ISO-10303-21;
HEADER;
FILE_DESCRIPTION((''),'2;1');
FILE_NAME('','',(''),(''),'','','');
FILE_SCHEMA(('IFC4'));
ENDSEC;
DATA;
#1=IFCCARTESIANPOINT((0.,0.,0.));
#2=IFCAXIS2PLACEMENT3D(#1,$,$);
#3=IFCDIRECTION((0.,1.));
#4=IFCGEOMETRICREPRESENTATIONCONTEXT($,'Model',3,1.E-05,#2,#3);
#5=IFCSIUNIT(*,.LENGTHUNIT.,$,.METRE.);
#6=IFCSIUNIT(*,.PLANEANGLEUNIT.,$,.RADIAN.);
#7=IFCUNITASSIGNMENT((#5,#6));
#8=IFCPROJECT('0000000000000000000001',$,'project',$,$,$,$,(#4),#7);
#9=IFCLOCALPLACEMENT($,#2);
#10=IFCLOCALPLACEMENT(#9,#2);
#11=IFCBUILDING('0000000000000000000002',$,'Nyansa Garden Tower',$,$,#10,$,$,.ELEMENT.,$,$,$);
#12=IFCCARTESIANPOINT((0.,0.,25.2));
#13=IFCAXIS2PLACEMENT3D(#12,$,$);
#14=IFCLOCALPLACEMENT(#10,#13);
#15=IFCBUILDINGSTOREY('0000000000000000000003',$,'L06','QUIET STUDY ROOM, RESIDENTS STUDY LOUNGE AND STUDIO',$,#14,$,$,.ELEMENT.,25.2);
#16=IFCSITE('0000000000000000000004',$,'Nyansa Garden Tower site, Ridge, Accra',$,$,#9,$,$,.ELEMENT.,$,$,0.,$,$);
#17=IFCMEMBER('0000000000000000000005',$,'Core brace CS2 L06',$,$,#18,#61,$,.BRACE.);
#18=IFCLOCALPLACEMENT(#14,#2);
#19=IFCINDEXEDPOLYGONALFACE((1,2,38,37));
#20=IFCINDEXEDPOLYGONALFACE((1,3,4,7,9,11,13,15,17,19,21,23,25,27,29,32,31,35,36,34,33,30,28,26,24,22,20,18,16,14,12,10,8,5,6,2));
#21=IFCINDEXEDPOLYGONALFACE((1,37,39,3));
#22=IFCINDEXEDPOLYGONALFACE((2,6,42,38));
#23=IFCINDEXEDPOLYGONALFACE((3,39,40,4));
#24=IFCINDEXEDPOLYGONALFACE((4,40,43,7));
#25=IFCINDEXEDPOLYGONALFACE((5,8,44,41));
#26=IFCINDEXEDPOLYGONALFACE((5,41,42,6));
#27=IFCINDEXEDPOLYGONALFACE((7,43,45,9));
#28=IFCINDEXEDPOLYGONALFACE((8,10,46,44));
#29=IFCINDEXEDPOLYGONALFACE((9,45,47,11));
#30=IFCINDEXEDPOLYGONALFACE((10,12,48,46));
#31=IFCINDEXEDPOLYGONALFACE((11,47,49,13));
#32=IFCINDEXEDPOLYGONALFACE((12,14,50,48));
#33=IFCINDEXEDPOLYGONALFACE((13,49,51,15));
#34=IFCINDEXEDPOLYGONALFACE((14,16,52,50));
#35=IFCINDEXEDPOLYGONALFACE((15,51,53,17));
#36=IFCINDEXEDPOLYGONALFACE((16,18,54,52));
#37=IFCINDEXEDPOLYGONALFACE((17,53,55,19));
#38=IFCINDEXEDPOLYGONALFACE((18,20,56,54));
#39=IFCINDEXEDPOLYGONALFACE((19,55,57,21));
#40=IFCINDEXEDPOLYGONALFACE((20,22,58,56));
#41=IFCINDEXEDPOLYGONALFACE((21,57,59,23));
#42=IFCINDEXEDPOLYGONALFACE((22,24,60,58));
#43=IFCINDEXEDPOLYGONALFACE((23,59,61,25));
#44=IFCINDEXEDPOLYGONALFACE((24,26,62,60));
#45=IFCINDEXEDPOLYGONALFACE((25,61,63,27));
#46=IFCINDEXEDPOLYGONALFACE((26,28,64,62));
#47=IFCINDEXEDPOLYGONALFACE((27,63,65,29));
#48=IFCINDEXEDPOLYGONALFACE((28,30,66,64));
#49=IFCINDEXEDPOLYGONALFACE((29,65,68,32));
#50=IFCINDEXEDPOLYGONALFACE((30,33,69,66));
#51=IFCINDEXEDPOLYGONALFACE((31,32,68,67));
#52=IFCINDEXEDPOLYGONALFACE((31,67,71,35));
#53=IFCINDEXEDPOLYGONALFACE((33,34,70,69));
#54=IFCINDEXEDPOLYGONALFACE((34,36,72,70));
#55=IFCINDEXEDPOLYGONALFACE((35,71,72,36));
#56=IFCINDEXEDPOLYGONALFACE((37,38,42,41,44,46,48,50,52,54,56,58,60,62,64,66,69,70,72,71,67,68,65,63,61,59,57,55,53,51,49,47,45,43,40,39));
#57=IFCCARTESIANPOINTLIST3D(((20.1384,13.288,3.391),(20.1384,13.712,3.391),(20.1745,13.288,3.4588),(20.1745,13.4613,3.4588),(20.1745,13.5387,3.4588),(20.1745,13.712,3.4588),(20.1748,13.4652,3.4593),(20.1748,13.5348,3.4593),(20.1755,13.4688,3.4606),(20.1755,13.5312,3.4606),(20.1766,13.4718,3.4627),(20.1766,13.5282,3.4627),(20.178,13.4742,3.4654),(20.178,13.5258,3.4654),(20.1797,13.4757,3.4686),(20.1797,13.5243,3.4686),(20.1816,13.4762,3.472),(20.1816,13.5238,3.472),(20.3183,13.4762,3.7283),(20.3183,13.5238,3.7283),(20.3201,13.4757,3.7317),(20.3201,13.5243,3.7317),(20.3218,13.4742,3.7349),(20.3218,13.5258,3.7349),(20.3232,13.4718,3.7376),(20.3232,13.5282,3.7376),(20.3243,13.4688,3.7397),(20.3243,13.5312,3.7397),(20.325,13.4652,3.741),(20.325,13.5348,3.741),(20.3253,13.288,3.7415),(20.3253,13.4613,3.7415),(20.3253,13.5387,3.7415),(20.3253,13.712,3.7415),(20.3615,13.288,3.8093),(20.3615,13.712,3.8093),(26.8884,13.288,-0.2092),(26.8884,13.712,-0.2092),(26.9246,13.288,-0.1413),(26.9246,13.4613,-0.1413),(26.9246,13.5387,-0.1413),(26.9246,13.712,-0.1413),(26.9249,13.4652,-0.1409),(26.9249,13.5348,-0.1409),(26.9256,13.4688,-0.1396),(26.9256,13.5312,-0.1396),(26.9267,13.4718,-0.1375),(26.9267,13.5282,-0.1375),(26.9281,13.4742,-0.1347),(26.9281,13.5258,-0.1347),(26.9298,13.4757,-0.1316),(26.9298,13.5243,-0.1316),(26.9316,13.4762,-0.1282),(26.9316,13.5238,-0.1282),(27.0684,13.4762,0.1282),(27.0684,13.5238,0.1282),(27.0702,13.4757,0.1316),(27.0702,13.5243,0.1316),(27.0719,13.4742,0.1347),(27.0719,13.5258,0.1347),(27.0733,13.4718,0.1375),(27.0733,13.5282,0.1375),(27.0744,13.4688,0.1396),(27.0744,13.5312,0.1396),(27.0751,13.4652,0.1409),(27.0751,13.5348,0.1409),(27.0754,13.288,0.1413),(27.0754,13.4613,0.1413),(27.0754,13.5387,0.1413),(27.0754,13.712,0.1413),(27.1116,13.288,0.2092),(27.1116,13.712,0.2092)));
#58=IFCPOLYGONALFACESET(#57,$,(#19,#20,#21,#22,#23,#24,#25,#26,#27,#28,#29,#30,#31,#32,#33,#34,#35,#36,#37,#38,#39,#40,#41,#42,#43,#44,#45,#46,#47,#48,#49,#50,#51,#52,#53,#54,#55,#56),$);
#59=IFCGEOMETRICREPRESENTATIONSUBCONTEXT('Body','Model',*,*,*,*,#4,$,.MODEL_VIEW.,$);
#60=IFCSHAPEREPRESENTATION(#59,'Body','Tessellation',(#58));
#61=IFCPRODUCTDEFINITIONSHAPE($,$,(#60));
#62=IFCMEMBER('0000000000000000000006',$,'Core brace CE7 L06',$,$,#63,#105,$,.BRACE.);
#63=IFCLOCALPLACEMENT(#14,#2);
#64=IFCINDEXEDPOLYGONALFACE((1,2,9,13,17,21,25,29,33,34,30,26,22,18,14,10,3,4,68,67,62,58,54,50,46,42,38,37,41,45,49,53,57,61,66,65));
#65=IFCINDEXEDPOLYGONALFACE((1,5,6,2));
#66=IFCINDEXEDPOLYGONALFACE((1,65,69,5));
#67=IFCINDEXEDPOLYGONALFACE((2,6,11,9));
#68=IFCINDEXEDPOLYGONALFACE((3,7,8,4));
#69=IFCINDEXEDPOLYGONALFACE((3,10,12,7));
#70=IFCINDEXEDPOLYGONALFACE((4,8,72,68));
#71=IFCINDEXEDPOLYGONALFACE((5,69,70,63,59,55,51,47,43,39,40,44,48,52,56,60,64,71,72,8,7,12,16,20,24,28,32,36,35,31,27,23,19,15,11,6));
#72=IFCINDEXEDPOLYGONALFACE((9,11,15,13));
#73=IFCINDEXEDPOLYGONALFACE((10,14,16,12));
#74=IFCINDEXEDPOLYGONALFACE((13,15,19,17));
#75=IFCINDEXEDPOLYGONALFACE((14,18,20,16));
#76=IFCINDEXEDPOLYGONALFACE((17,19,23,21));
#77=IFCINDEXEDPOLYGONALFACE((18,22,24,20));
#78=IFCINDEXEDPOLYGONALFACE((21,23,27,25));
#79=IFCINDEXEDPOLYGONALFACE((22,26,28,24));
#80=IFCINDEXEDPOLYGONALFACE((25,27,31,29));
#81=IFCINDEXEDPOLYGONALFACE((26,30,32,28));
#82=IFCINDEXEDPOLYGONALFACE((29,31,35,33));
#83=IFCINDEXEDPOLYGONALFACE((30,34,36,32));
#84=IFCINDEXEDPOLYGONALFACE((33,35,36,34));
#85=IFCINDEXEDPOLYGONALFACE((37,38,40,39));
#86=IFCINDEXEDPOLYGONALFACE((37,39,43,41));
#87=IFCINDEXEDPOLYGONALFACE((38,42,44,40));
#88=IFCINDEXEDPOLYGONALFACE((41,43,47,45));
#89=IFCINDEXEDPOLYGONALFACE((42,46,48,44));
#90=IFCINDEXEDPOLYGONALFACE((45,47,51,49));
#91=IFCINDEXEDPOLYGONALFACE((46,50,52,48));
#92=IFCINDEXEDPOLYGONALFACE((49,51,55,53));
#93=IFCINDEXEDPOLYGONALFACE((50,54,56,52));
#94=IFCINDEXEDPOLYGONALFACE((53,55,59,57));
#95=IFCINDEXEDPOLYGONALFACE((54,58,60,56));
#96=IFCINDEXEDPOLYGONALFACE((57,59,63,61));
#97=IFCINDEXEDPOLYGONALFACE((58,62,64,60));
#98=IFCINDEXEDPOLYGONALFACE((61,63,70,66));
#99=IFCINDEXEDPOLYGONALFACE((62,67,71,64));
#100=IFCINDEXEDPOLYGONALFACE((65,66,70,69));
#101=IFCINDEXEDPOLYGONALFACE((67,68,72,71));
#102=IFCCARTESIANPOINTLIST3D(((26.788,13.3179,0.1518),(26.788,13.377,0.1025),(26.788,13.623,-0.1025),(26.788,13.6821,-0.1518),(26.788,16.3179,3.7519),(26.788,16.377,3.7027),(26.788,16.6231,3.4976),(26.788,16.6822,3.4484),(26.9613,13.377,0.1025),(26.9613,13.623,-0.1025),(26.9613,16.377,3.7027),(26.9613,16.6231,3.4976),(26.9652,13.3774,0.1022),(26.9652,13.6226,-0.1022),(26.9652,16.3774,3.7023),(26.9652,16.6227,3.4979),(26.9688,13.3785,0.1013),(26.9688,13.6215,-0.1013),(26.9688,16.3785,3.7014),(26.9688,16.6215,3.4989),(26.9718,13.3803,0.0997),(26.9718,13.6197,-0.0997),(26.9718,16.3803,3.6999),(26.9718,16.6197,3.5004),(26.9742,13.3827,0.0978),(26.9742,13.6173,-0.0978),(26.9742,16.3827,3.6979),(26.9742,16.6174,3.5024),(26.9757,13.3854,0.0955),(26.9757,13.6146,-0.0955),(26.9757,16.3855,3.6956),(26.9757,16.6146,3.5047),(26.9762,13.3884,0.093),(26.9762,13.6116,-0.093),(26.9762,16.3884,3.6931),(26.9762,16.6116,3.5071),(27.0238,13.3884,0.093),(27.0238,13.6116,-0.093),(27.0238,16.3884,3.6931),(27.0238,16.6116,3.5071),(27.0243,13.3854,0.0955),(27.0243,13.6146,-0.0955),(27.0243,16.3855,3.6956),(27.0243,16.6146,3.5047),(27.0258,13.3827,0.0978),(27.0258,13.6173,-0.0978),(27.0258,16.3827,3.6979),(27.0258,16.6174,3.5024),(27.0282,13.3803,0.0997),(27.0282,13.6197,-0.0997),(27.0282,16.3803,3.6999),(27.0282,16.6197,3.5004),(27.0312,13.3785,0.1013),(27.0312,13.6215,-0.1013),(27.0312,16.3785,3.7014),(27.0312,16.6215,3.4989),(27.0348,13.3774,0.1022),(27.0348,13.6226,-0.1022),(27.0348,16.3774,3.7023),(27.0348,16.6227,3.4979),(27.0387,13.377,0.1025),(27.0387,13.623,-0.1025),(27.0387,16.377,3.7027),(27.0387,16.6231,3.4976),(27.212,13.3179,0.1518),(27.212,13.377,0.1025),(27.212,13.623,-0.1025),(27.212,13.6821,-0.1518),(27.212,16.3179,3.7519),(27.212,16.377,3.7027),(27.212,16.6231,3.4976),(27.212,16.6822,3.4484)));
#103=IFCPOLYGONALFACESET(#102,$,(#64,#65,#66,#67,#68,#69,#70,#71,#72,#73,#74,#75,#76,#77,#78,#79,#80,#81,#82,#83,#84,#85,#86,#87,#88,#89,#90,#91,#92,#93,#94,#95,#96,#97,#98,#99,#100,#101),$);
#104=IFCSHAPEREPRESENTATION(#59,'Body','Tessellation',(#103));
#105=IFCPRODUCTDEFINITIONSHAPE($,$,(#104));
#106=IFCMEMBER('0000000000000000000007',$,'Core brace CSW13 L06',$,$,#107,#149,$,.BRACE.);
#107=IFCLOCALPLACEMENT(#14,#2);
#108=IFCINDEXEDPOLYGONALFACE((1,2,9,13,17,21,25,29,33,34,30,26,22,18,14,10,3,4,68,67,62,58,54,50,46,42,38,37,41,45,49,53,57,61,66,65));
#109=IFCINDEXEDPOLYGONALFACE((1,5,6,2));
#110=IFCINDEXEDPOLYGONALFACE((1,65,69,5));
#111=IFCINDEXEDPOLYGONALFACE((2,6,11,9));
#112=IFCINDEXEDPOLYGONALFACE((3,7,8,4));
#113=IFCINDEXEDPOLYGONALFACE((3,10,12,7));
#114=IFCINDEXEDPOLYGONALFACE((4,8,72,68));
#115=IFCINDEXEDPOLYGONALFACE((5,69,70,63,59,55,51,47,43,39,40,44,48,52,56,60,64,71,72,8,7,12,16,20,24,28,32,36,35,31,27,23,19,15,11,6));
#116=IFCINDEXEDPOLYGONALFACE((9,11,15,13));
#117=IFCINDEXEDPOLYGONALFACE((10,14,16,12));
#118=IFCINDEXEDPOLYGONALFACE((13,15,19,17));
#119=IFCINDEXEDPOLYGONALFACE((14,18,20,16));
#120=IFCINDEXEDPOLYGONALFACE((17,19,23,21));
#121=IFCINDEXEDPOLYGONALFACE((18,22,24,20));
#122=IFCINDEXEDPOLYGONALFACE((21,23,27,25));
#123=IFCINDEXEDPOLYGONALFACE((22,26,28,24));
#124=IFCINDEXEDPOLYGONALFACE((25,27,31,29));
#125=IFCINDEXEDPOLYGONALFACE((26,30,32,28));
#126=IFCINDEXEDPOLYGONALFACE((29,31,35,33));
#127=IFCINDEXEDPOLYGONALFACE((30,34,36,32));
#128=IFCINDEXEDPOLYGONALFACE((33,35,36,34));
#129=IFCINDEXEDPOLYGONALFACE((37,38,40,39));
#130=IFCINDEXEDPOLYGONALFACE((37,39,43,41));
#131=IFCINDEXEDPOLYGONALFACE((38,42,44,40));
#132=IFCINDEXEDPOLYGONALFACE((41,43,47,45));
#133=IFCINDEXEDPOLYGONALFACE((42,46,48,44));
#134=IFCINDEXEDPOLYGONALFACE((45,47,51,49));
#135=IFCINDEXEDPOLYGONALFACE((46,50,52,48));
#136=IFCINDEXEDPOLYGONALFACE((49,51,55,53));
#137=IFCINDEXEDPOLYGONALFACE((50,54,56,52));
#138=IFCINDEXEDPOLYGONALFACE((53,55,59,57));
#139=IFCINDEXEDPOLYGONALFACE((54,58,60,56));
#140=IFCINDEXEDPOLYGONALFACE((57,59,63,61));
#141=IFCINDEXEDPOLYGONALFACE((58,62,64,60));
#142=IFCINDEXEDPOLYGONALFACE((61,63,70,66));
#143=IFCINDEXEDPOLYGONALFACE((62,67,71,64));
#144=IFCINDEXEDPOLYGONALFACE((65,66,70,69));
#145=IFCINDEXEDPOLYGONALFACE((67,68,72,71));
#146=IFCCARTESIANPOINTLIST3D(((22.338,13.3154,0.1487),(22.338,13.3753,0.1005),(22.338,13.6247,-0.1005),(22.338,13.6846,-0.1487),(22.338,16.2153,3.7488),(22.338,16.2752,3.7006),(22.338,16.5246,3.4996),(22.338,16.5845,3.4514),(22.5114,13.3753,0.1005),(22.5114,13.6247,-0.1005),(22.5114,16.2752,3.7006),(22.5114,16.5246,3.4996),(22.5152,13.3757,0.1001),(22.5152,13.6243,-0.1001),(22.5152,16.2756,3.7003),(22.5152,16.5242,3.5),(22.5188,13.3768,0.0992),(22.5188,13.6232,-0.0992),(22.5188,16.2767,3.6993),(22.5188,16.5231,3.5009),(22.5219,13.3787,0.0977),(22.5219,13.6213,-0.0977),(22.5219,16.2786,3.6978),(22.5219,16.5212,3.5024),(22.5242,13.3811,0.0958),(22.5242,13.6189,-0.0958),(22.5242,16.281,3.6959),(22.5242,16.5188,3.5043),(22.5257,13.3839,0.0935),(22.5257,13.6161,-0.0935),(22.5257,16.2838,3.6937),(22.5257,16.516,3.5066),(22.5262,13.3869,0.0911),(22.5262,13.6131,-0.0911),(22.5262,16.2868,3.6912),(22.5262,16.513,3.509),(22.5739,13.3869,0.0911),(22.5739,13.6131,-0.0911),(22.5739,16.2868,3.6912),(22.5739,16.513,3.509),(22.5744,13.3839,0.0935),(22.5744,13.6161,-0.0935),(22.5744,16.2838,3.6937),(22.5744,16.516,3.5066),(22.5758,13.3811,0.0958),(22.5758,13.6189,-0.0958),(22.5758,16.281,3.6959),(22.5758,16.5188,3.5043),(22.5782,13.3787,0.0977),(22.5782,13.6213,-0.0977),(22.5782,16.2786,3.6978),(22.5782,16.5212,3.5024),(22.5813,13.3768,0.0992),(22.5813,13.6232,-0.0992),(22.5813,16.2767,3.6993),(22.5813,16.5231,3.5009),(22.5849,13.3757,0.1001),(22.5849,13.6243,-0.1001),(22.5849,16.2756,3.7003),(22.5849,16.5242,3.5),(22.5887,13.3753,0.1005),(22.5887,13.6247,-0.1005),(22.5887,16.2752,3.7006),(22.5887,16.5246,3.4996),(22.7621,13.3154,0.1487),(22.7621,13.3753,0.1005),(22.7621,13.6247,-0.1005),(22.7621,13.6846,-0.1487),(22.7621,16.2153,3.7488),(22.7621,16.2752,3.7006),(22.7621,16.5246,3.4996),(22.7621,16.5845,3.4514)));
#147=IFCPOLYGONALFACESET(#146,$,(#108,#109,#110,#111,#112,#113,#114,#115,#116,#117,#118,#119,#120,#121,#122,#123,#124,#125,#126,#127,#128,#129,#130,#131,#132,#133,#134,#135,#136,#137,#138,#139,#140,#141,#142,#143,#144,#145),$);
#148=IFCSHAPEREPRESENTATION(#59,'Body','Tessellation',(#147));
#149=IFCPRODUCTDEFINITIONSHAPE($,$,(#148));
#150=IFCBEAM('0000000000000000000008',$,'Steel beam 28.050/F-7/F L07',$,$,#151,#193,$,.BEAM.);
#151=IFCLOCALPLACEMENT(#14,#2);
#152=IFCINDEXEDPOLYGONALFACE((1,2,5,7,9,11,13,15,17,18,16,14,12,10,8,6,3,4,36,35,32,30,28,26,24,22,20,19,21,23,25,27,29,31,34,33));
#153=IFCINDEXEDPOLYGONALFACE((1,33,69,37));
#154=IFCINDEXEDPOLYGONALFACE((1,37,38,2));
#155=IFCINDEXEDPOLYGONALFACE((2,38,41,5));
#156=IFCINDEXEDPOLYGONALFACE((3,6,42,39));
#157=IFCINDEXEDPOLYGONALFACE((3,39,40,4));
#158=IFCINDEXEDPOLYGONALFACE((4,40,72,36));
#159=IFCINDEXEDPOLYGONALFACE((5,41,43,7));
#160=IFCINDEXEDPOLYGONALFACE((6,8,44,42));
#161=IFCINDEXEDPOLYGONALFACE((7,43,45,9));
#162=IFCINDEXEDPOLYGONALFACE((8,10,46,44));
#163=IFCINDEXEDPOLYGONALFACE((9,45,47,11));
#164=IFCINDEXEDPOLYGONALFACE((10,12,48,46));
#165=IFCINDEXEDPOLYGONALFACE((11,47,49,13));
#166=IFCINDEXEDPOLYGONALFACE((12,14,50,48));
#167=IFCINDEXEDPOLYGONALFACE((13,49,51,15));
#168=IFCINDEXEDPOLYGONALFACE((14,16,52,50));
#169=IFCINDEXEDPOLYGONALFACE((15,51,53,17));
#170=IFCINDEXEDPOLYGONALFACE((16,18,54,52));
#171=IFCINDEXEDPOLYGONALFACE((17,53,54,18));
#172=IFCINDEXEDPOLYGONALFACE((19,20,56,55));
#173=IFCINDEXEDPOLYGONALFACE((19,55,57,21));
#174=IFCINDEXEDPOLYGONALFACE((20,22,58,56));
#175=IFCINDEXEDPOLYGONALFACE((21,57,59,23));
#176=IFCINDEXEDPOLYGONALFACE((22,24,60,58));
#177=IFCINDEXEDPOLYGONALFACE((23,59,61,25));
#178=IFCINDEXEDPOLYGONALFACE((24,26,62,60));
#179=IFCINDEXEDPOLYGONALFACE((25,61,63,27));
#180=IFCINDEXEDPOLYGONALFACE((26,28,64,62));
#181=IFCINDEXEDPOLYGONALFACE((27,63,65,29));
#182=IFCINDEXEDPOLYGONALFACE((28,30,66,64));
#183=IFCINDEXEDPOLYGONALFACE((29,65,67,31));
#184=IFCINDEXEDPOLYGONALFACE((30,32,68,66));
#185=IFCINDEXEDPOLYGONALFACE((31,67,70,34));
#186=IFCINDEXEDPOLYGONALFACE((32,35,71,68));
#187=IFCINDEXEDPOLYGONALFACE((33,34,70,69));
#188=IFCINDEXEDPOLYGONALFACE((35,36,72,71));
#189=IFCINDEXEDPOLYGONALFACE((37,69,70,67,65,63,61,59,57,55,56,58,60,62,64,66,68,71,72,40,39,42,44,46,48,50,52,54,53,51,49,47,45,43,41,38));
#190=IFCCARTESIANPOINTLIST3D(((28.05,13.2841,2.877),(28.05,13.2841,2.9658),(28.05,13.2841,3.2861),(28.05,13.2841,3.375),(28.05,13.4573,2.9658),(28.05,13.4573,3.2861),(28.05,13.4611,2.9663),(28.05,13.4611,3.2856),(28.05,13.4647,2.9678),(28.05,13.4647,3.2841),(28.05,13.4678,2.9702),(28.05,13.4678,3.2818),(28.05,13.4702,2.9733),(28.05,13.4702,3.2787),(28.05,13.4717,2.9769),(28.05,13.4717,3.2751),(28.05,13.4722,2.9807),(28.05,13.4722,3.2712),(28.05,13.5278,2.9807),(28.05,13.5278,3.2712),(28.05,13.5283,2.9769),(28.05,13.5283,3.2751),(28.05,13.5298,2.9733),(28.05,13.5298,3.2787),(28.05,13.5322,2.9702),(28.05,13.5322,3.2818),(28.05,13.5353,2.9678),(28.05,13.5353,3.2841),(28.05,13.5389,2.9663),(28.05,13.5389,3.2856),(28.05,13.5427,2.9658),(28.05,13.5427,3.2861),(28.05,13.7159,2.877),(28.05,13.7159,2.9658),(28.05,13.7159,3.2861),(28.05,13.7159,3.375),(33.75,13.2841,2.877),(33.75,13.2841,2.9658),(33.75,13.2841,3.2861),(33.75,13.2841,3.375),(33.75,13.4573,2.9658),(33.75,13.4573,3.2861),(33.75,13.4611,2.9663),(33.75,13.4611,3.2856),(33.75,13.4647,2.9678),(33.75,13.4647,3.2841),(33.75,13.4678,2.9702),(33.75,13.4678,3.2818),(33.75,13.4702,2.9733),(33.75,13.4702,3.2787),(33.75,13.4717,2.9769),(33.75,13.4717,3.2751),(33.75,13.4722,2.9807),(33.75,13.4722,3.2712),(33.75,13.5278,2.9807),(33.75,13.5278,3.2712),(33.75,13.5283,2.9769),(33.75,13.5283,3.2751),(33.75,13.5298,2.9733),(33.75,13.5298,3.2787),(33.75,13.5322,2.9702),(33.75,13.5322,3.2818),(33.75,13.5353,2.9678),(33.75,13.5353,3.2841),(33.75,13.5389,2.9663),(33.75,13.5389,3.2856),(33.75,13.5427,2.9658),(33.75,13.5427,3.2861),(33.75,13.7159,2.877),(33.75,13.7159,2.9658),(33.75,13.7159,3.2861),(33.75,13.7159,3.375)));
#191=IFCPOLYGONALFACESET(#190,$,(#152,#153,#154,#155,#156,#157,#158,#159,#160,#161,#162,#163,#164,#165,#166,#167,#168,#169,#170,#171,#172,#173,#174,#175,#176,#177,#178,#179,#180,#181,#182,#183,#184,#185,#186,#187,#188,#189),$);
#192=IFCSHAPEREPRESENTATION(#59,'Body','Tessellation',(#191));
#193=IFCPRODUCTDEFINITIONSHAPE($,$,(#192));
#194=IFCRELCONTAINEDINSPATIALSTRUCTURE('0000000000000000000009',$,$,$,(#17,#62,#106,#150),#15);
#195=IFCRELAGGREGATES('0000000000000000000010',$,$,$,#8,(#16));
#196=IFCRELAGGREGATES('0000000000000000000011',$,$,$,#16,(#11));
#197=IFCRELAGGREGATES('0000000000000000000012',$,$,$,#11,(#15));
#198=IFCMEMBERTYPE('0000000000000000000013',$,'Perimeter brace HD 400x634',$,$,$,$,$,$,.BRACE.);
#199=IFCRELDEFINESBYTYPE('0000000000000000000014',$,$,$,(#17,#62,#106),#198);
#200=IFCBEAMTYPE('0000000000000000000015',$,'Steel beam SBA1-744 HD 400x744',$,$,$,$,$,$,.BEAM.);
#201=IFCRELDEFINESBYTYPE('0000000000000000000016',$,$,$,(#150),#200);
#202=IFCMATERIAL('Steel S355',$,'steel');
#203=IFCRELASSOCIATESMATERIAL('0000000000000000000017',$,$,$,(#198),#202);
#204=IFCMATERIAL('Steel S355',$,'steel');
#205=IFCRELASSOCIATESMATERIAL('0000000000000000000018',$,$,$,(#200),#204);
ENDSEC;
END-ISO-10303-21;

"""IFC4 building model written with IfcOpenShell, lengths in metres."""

from ifc_helpers import new_model, si_unit, direction, frame, origin, origin_2d, place, context, subcontext, project, spatial, i_section, extrude, material, material_profile, profile_set, type_object, element, save


model = new_model("IFC4")

# Units and contexts
model_context = context("Model", 3, precision=1e-05, world=origin(), true_north=direction((0.0, 1.0)))
body_context = subcontext(model_context, "Body", "Model", "MODEL_VIEW")
ifc_project = project(units=[si_unit("LENGTHUNIT", "METRE"), si_unit("PLANEANGLEUNIT", "RADIAN")], contexts=[model_context])

# Site, building, storey
site_placement = place(None, origin())
site = spatial("IfcSite", under=ifc_project, at=site_placement, Name="Nyansa Garden Tower site, Ridge, Accra", CompositionType="ELEMENT", RefElevation=0.0)
building_placement = place(site_placement, origin())
building = spatial("IfcBuilding", under=site, at=building_placement, Name="Nyansa Garden Tower", CompositionType="ELEMENT")
storey_placement = place(building_placement, frame((0.0, 0.0, 25.2)))
storey = spatial("IfcBuildingStorey", under=building, at=storey_placement, Name="L06", Description="QUIET STUDY ROOM, RESIDENTS STUDY LOUNGE AND STUDIO", CompositionType="ELEMENT", Elevation=25.2)

# Members
ifc_material_1 = material(Name="Steel S355", Category="steel")
ifc_material_profile_1 = material_profile(ifc_material_1, i_section(OverallWidth=0.4241, OverallDepth=0.4741, WebThickness=0.0476, FlangeThickness=0.0769, FilletRadius=0.0149, at=origin_2d()), Name="HD 400x634")
ifc_profile_set_1 = profile_set([ifc_material_profile_1], Name="Steel S355")
member_type = type_object("IfcMemberType", Name="Perimeter brace HD 400x634", PredefinedType="BRACE", material=ifc_profile_set_1)
member_1_placement = place(storey_placement, frame((27.0, 13.5, 0.0), z_axis=(-0.882348, 0.0, 0.470598), x_axis=(0.0, -1.0, 0.0)))
element("IfcMember", 1, at=member_1_placement, inside=storey, type_object=member_type, Name="Core brace CS2 L06", PredefinedType="BRACE", context=body_context, shape_type="SweptSolid", body=[
    extrude(i_section(OverallWidth=0.4241, OverallDepth=0.4741, WebThickness=0.0476, FlangeThickness=0.0769, FilletRadius=0.0149, at=origin_2d()), origin(), (0.0, 0.0, 1.0), 7.6501),
])
member_2_placement = place(storey_placement, frame((27.0, 13.5, 0.0), z_axis=(0.0, 0.640174, 0.76823), x_axis=(-1.0, 0.0, 0.0)))
element("IfcMember", 2, at=member_2_placement, inside=storey, type_object=member_type, Name="Core brace CE7 L06", PredefinedType="BRACE", context=body_context, shape_type="SweptSolid", body=[
    extrude(i_section(OverallWidth=0.4241, OverallDepth=0.4741, WebThickness=0.0476, FlangeThickness=0.0769, FilletRadius=0.0149, at=origin_2d()), origin(), (0.0, 0.0, 1.0), 4.6863),
])
member_3_placement = place(storey_placement, frame((22.55, 13.5, 0.0), z_axis=(0.0, 0.627306, 0.778773), x_axis=(-1.0, 0.0, 0.0)))
element("IfcMember", 3, at=member_3_placement, inside=storey, type_object=member_type, Name="Core brace CSW13 L06", PredefinedType="BRACE", context=body_context, shape_type="SweptSolid", body=[
    extrude(i_section(OverallWidth=0.4241, OverallDepth=0.4741, WebThickness=0.0476, FlangeThickness=0.0769, FilletRadius=0.0149, at=origin_2d()), origin(), (0.0, 0.0, 1.0), 4.6228),
])

# Beam
ifc_material_2 = material(Name="Steel S355", Category="steel")
ifc_material_profile_2 = material_profile(ifc_material_2, i_section(OverallWidth=0.4319, OverallDepth=0.498, WebThickness=0.0557, FlangeThickness=0.0889, FilletRadius=0.0149, at=origin_2d()), Name="HD 400x744")
ifc_profile_set_2 = profile_set([ifc_material_profile_2], Name="Steel S355")
beam_type_1 = type_object("IfcBeamType", Name="Steel beam SBA1-744 HD 400x744", PredefinedType="BEAM", material=ifc_profile_set_2)
for number, where, z_axis, x_axis, name in (
    (4, (28.05, 13.5, 3.126), (1.0, 0.0, 0.0), (0.0, 1.0, 0.0), "Steel beam 28.050/F-7/F L07"),
):
    element("IfcBeam", number, at=place(storey_placement, frame(where, z_axis=z_axis, x_axis=x_axis)), inside=storey, type_object=beam_type_1, Name=name, PredefinedType="BEAM", context=body_context, shape_type="SweptSolid", body=[
        extrude(i_section(OverallWidth=0.4319, OverallDepth=0.498, WebThickness=0.0557, FlangeThickness=0.0889, FilletRadius=0.0149, at=origin_2d()), origin(), (0.0, 0.0, 1.0), 5.7),
    ])

save(model, "model.ifc")
